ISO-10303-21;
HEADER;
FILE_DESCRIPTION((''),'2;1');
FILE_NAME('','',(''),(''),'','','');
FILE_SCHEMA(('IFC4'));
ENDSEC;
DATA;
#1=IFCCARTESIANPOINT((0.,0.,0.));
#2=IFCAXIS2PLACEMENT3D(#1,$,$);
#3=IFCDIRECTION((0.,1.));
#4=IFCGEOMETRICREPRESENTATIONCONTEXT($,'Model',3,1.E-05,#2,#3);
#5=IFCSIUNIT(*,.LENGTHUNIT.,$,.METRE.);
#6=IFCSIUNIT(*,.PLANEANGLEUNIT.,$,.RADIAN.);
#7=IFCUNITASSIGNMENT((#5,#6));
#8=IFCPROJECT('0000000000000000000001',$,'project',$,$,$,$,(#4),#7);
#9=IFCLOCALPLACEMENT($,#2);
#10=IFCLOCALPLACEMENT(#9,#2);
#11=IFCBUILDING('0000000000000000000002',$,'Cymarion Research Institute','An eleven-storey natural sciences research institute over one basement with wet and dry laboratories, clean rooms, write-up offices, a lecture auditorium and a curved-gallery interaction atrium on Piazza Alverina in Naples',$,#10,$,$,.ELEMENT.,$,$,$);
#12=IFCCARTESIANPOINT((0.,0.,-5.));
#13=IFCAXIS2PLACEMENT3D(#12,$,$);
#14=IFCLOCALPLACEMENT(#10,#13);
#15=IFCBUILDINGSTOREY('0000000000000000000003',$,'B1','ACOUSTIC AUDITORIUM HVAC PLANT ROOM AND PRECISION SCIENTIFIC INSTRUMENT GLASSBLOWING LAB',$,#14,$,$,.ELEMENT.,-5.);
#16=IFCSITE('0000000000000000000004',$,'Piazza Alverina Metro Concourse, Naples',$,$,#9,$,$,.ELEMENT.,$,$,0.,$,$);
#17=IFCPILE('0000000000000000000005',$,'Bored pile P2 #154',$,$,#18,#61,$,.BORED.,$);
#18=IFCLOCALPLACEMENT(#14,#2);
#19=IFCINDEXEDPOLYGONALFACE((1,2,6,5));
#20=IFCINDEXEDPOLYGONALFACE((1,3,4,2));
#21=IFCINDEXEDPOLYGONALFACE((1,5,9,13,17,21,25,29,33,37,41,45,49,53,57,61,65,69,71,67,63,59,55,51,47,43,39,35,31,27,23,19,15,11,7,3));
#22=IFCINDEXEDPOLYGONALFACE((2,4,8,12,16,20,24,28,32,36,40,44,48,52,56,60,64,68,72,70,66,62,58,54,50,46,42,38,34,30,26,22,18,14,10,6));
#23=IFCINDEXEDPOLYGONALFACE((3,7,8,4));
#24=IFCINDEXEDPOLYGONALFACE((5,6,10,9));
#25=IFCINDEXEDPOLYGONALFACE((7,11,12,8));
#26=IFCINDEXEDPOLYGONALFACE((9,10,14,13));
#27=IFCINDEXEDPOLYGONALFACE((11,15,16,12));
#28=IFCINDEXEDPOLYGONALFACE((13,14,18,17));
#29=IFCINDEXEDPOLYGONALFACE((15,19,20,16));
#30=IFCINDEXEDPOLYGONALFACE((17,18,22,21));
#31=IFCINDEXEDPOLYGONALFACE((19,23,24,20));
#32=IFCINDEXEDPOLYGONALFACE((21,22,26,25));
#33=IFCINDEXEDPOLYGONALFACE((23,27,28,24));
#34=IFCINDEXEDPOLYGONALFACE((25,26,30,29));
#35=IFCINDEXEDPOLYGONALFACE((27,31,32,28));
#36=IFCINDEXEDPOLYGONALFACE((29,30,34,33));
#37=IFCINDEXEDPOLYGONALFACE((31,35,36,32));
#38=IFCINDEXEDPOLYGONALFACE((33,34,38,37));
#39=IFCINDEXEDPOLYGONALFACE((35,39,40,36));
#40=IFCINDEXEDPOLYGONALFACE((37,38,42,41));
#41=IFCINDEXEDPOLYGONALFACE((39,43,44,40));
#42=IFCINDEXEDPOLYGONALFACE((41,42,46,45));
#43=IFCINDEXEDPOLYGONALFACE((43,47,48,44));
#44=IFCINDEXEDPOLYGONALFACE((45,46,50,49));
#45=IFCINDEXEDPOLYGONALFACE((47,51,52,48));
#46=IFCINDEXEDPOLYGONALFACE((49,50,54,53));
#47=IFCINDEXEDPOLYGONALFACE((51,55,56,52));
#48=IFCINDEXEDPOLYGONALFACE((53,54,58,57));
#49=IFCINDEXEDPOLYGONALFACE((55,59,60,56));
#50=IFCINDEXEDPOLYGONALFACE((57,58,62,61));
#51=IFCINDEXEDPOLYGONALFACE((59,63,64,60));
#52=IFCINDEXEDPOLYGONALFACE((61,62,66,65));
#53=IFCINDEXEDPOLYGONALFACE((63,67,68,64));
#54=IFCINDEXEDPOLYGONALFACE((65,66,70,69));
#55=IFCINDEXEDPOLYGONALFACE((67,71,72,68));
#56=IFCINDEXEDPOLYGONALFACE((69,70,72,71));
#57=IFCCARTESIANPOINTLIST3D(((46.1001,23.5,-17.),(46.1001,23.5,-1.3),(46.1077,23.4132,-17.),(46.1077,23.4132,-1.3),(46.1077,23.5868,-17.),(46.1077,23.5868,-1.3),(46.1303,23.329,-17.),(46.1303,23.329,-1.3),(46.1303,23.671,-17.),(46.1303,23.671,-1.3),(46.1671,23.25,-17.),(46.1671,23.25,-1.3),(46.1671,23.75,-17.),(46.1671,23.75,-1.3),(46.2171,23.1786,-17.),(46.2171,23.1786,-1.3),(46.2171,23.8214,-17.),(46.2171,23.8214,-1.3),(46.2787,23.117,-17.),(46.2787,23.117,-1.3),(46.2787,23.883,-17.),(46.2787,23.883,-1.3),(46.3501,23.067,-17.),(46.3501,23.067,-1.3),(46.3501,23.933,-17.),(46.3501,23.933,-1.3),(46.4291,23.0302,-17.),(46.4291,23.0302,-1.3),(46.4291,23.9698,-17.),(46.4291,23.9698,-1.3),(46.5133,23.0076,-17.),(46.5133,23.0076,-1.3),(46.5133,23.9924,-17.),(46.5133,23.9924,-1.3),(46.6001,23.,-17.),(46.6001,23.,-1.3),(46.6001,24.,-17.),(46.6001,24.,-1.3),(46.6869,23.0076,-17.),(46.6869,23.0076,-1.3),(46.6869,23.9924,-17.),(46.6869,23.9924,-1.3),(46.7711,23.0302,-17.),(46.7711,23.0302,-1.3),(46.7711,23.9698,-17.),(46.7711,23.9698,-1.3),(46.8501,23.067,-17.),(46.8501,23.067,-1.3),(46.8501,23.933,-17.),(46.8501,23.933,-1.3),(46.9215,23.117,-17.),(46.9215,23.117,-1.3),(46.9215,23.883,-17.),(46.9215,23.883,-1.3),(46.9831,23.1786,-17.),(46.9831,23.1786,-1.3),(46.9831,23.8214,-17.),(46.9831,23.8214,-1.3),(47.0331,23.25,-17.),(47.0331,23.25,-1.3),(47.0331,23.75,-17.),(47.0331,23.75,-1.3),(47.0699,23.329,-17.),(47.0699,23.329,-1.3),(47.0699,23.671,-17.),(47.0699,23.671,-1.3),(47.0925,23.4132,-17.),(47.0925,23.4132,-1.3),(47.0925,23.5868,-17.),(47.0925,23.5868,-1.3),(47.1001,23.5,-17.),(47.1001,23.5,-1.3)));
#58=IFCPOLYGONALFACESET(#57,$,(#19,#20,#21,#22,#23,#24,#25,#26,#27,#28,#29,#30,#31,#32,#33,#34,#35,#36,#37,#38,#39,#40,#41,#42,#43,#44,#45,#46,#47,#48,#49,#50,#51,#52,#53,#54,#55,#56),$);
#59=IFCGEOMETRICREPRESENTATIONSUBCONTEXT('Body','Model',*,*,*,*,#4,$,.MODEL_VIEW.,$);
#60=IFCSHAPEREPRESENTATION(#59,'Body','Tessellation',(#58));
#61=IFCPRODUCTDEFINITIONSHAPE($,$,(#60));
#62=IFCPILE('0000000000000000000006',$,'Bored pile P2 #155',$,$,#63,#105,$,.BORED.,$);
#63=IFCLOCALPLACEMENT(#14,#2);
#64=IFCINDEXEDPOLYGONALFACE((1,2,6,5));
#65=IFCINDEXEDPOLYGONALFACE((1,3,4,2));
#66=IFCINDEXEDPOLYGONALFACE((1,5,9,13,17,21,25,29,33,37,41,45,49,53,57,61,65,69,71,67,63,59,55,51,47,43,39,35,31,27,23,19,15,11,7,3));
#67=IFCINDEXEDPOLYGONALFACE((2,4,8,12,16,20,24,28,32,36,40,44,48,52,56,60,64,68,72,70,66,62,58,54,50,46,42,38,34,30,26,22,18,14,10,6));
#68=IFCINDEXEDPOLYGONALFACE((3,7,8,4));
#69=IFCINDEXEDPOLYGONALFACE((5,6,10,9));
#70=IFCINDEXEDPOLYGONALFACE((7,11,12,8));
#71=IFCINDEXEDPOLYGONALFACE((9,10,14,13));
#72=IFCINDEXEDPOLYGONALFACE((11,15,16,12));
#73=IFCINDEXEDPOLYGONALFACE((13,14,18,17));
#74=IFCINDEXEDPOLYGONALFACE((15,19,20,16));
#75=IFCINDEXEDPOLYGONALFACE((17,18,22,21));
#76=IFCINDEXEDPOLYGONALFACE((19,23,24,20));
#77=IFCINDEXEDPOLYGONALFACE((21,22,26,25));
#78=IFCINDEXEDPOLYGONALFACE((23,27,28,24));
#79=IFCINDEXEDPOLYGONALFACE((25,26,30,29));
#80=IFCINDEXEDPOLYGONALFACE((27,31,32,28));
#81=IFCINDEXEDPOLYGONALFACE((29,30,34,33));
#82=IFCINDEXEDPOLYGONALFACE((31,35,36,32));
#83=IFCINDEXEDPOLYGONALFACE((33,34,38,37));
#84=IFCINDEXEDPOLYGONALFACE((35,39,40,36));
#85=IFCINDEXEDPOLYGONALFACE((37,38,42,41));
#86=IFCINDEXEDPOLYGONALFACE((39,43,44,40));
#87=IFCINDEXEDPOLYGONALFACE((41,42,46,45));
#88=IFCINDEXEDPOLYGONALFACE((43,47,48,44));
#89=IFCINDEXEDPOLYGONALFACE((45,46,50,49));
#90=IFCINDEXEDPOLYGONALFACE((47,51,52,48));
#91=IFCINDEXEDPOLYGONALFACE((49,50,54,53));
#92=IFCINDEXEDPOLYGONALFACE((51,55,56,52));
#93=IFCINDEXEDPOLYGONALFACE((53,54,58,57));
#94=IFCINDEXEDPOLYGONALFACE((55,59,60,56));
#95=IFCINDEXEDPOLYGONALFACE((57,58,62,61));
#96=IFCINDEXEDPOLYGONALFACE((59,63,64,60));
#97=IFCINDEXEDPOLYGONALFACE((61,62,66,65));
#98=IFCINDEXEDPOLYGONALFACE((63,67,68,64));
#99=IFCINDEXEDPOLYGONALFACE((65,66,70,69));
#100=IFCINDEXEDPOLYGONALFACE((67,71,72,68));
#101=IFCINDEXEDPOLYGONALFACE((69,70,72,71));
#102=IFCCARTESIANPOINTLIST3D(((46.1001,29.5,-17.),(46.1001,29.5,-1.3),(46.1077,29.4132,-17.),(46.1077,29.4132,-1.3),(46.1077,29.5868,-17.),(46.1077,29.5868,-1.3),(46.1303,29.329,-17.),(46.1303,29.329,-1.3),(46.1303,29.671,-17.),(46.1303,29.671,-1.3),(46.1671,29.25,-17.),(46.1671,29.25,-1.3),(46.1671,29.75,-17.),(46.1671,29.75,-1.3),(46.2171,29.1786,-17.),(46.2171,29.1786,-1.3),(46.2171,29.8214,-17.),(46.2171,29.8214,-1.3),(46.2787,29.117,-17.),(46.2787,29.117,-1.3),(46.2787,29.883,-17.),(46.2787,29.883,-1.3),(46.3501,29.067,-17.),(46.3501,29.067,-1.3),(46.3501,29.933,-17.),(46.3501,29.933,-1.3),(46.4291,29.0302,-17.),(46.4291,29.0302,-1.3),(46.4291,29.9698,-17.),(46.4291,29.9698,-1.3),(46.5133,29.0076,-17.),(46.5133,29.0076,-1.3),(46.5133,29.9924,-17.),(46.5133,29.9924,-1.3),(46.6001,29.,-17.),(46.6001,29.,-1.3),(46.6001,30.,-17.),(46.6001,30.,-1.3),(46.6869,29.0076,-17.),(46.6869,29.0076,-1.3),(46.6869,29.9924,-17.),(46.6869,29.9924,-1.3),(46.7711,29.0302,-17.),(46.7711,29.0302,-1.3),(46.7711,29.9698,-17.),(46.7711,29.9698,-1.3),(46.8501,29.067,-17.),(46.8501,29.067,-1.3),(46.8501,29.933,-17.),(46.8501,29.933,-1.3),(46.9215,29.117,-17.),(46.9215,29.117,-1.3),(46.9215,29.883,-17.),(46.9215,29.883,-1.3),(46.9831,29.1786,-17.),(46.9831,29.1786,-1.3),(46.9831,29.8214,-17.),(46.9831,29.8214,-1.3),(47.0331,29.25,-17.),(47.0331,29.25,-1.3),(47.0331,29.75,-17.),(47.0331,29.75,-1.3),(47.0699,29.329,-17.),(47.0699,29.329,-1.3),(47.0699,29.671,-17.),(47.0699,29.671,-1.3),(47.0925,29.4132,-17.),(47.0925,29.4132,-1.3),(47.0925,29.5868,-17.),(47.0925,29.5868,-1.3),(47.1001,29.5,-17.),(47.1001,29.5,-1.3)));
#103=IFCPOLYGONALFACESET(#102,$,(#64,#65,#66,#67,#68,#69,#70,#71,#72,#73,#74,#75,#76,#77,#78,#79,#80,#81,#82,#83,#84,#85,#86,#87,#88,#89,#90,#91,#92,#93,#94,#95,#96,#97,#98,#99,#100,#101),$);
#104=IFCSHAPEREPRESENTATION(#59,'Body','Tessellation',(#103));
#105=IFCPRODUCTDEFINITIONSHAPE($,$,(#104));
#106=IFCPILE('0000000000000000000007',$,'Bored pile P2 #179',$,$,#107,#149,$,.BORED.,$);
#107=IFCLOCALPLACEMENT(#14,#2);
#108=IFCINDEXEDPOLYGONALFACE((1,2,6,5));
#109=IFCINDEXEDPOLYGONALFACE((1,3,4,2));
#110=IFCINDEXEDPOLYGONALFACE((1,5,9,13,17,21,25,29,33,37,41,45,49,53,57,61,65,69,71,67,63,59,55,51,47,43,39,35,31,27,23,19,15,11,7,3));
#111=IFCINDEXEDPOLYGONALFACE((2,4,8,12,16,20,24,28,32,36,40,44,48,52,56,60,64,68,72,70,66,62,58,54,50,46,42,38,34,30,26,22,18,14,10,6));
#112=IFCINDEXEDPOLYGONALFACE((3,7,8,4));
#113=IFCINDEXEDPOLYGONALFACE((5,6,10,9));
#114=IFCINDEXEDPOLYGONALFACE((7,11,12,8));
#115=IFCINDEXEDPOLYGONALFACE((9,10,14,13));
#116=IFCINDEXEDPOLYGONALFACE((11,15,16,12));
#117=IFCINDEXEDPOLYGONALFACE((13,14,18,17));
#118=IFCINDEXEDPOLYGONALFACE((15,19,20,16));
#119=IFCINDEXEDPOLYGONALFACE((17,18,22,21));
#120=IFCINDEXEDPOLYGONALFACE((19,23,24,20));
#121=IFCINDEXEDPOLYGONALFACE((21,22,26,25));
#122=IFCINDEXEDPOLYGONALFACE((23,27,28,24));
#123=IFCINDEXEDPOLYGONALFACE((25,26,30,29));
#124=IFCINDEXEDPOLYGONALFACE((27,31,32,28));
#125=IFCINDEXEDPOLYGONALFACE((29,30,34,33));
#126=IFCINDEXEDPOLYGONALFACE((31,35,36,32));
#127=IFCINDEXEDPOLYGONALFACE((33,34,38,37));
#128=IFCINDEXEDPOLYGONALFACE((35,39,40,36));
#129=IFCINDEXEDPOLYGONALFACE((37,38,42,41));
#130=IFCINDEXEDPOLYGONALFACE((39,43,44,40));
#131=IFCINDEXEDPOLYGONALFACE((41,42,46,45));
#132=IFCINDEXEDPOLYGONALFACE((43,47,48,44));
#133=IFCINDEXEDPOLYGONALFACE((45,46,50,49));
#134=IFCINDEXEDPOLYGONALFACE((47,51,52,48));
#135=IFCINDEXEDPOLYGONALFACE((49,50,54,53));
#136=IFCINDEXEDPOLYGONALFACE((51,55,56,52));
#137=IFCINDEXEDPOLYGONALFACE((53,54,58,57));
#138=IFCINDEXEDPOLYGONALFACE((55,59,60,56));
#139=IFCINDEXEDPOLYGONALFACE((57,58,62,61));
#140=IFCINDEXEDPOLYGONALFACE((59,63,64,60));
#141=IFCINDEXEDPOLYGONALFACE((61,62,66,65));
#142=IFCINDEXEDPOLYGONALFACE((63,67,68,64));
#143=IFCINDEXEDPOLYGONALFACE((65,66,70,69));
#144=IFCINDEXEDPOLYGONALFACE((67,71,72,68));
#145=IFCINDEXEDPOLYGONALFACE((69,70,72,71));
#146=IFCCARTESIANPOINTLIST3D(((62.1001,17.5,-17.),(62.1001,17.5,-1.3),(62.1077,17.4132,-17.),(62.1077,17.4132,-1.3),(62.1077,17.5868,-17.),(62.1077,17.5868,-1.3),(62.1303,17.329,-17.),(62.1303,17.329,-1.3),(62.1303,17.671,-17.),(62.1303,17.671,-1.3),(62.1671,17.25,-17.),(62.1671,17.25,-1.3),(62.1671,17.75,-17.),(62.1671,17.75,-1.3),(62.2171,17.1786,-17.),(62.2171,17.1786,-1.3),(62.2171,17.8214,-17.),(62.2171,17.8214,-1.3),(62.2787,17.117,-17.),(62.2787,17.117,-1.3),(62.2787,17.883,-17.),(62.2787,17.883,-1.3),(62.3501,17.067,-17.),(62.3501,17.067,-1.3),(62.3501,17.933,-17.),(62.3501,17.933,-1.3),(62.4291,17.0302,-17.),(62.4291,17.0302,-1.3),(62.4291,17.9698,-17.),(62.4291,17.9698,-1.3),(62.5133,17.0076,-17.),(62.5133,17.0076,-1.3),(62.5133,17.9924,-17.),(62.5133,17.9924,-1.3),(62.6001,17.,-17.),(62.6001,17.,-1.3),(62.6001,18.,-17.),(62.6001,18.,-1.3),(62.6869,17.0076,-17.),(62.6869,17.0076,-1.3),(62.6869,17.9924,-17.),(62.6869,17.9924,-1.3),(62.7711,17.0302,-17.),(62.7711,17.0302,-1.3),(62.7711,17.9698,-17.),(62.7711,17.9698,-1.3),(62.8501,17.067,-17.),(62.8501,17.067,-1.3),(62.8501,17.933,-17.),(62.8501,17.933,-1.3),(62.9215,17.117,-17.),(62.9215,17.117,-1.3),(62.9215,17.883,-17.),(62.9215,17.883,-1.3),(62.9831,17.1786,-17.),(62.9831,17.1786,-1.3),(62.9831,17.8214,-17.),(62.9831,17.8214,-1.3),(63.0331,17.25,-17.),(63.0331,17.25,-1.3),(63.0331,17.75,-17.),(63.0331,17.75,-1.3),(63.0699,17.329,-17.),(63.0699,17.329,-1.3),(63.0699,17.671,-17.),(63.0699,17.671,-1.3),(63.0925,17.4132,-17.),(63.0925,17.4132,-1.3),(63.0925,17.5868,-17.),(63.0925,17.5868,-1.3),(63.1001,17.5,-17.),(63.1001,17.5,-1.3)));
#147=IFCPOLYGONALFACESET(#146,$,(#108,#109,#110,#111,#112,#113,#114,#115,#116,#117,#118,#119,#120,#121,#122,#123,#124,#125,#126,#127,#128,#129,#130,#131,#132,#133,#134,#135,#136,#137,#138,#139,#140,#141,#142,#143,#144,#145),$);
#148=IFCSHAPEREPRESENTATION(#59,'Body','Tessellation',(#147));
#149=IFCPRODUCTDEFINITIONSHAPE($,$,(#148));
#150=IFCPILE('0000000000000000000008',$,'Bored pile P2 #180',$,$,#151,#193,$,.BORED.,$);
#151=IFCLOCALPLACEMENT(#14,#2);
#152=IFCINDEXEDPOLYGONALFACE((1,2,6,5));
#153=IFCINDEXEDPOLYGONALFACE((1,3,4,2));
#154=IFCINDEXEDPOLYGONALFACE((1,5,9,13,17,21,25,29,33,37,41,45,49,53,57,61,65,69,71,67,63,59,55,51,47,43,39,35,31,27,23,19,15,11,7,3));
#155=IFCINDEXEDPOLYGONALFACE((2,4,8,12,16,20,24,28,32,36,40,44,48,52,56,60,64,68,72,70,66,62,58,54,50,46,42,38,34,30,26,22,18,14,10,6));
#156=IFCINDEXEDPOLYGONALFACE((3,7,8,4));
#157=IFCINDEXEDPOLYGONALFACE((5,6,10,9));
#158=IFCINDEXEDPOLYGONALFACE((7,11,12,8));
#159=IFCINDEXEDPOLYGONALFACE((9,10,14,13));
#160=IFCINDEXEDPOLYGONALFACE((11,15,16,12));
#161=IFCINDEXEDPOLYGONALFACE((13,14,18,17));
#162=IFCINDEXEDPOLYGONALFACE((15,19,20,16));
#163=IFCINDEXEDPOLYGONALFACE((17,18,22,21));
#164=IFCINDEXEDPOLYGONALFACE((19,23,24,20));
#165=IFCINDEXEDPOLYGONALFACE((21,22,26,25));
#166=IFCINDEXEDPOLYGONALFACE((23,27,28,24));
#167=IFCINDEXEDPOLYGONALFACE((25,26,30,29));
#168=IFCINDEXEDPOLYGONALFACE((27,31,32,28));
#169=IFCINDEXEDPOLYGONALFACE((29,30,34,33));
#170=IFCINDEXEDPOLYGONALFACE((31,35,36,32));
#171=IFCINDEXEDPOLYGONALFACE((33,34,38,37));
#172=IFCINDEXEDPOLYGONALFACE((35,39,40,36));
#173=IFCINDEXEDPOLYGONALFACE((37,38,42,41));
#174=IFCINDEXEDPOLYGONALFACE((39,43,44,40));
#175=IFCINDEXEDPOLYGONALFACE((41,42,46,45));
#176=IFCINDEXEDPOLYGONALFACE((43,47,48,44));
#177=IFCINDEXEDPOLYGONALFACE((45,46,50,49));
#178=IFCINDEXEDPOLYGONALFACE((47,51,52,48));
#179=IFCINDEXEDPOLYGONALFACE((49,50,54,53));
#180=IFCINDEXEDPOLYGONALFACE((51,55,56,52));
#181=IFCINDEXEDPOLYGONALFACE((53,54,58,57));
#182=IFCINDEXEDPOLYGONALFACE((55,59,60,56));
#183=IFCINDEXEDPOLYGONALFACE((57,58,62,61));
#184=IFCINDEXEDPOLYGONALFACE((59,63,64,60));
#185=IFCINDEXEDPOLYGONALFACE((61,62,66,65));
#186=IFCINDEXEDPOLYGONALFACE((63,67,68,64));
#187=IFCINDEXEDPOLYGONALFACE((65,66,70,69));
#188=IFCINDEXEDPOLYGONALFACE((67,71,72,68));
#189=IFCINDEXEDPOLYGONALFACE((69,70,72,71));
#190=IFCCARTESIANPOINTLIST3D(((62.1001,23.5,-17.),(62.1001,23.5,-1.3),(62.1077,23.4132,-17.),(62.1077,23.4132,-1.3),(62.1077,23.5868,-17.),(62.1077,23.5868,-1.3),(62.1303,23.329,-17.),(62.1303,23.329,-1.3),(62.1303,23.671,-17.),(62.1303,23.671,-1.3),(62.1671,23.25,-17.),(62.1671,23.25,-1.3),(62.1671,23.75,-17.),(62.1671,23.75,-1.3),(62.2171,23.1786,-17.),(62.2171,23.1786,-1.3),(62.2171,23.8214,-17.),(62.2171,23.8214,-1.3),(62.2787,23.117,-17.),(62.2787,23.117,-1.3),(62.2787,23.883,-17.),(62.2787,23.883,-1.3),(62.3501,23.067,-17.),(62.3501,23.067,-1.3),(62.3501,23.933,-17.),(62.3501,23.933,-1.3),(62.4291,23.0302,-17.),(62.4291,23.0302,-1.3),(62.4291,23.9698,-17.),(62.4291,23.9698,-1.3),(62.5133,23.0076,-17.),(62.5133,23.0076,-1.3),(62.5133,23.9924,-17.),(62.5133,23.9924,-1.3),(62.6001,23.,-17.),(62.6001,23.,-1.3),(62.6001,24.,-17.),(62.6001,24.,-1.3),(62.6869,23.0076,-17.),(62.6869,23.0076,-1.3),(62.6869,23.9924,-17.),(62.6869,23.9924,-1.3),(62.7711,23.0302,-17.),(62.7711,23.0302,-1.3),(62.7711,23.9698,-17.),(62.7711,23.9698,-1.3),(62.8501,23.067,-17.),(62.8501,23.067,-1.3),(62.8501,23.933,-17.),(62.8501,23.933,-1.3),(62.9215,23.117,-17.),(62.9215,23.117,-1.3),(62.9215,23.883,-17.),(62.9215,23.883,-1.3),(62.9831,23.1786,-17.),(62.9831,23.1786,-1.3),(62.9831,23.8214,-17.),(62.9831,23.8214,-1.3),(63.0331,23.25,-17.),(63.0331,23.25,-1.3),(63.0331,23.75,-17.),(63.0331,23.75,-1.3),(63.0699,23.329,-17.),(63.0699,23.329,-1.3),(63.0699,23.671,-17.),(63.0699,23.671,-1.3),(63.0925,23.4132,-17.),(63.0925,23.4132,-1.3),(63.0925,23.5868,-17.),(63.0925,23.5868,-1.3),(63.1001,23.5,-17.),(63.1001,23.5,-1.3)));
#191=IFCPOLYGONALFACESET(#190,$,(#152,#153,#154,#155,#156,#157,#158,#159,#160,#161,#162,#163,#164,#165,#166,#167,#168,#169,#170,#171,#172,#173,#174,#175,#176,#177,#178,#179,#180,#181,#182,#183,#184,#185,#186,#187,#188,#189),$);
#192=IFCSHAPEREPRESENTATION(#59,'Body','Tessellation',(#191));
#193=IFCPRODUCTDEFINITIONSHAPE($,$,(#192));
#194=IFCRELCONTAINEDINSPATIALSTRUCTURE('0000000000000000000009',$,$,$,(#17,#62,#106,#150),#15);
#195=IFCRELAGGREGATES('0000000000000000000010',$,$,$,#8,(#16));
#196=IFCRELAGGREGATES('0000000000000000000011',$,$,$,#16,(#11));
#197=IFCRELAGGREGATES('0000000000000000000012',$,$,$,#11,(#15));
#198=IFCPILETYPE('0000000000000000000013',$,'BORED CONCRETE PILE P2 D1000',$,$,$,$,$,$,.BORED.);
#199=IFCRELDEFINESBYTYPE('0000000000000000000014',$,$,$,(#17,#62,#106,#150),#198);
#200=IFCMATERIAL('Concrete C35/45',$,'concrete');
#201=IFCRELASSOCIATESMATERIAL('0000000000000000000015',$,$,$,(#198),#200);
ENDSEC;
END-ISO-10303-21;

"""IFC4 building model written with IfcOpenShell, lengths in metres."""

from ifc_helpers import new_model, si_unit, direction, frame, origin, origin_2d, place, context, subcontext, project, spatial, circle, extrude, material, material_profile, profile_set, type_object, element, save


model = new_model("IFC4")

# Units and contexts
model_context = context("Model", 3, precision=1e-05, world=origin(), true_north=direction((0.0, 1.0)))
body_context = subcontext(model_context, "Body", "Model", "MODEL_VIEW")
ifc_project = project(units=[si_unit("LENGTHUNIT", "METRE"), si_unit("PLANEANGLEUNIT", "RADIAN")], contexts=[model_context])

# Site, building, storey
site_placement = place(None, origin())
site = spatial("IfcSite", under=ifc_project, at=site_placement, Name="Piazza Alverina Metro Concourse, Naples", CompositionType="ELEMENT", RefElevation=0.0)
building_placement = place(site_placement, origin())
building = spatial("IfcBuilding", under=site, at=building_placement, Name="Cymarion Research Institute", Description="An eleven-storey natural sciences research institute over one basement with wet and dry laboratories, clean rooms, write-up offices, a lecture auditorium and a curved-gallery interaction atrium on Piazza Alverina in Naples", CompositionType="ELEMENT")
storey_placement = place(building_placement, frame((0.0, 0.0, -5.0)))
storey = spatial("IfcBuildingStorey", under=building, at=storey_placement, Name="B1", Description="ACOUSTIC AUDITORIUM HVAC PLANT ROOM AND PRECISION SCIENTIFIC INSTRUMENT GLASSBLOWING LAB", CompositionType="ELEMENT", Elevation=-5.0)

# Piles
ifc_material_1 = material(Name="Concrete C35/45", Category="concrete")
ifc_material_profile_1 = material_profile(ifc_material_1, circle(Radius=0.5, at=origin_2d()), Name="BORED PILE D1000")
ifc_profile_set_1 = profile_set([ifc_material_profile_1], Name="Concrete C35/45")
pile_type_1 = type_object("IfcPileType", Name="BORED CONCRETE PILE P2 D1000", PredefinedType="BORED", material=ifc_profile_set_1)
for number, where, z_axis, x_axis, name in (
    (1, (46.6001, 23.5, -1.3), (0.0, 0.0, -1.0), (1.0, 0.0, 0.0), "Bored pile P2 #154"),
    (2, (46.6001, 29.5, -1.3), (0.0, 0.0, -1.0), (1.0, 0.0, 0.0), "Bored pile P2 #155"),
    (3, (62.6001, 17.5, -1.3), (0.0, 0.0, -1.0), (1.0, 0.0, 0.0), "Bored pile P2 #179"),
    (4, (62.6001, 23.5, -1.3), (0.0, 0.0, -1.0), (1.0, 0.0, 0.0), "Bored pile P2 #180"),
):
    element("IfcPile", number, at=place(storey_placement, frame(where, z_axis=z_axis, x_axis=x_axis)), inside=storey, type_object=pile_type_1, Name=name, PredefinedType="BORED", context=body_context, shape_type="SweptSolid", body=[
        extrude(circle(Radius=0.5, at=origin_2d()), origin(), (0.0, 0.0, 1.0), 15.7),
    ])

save(model, "model.ifc")
